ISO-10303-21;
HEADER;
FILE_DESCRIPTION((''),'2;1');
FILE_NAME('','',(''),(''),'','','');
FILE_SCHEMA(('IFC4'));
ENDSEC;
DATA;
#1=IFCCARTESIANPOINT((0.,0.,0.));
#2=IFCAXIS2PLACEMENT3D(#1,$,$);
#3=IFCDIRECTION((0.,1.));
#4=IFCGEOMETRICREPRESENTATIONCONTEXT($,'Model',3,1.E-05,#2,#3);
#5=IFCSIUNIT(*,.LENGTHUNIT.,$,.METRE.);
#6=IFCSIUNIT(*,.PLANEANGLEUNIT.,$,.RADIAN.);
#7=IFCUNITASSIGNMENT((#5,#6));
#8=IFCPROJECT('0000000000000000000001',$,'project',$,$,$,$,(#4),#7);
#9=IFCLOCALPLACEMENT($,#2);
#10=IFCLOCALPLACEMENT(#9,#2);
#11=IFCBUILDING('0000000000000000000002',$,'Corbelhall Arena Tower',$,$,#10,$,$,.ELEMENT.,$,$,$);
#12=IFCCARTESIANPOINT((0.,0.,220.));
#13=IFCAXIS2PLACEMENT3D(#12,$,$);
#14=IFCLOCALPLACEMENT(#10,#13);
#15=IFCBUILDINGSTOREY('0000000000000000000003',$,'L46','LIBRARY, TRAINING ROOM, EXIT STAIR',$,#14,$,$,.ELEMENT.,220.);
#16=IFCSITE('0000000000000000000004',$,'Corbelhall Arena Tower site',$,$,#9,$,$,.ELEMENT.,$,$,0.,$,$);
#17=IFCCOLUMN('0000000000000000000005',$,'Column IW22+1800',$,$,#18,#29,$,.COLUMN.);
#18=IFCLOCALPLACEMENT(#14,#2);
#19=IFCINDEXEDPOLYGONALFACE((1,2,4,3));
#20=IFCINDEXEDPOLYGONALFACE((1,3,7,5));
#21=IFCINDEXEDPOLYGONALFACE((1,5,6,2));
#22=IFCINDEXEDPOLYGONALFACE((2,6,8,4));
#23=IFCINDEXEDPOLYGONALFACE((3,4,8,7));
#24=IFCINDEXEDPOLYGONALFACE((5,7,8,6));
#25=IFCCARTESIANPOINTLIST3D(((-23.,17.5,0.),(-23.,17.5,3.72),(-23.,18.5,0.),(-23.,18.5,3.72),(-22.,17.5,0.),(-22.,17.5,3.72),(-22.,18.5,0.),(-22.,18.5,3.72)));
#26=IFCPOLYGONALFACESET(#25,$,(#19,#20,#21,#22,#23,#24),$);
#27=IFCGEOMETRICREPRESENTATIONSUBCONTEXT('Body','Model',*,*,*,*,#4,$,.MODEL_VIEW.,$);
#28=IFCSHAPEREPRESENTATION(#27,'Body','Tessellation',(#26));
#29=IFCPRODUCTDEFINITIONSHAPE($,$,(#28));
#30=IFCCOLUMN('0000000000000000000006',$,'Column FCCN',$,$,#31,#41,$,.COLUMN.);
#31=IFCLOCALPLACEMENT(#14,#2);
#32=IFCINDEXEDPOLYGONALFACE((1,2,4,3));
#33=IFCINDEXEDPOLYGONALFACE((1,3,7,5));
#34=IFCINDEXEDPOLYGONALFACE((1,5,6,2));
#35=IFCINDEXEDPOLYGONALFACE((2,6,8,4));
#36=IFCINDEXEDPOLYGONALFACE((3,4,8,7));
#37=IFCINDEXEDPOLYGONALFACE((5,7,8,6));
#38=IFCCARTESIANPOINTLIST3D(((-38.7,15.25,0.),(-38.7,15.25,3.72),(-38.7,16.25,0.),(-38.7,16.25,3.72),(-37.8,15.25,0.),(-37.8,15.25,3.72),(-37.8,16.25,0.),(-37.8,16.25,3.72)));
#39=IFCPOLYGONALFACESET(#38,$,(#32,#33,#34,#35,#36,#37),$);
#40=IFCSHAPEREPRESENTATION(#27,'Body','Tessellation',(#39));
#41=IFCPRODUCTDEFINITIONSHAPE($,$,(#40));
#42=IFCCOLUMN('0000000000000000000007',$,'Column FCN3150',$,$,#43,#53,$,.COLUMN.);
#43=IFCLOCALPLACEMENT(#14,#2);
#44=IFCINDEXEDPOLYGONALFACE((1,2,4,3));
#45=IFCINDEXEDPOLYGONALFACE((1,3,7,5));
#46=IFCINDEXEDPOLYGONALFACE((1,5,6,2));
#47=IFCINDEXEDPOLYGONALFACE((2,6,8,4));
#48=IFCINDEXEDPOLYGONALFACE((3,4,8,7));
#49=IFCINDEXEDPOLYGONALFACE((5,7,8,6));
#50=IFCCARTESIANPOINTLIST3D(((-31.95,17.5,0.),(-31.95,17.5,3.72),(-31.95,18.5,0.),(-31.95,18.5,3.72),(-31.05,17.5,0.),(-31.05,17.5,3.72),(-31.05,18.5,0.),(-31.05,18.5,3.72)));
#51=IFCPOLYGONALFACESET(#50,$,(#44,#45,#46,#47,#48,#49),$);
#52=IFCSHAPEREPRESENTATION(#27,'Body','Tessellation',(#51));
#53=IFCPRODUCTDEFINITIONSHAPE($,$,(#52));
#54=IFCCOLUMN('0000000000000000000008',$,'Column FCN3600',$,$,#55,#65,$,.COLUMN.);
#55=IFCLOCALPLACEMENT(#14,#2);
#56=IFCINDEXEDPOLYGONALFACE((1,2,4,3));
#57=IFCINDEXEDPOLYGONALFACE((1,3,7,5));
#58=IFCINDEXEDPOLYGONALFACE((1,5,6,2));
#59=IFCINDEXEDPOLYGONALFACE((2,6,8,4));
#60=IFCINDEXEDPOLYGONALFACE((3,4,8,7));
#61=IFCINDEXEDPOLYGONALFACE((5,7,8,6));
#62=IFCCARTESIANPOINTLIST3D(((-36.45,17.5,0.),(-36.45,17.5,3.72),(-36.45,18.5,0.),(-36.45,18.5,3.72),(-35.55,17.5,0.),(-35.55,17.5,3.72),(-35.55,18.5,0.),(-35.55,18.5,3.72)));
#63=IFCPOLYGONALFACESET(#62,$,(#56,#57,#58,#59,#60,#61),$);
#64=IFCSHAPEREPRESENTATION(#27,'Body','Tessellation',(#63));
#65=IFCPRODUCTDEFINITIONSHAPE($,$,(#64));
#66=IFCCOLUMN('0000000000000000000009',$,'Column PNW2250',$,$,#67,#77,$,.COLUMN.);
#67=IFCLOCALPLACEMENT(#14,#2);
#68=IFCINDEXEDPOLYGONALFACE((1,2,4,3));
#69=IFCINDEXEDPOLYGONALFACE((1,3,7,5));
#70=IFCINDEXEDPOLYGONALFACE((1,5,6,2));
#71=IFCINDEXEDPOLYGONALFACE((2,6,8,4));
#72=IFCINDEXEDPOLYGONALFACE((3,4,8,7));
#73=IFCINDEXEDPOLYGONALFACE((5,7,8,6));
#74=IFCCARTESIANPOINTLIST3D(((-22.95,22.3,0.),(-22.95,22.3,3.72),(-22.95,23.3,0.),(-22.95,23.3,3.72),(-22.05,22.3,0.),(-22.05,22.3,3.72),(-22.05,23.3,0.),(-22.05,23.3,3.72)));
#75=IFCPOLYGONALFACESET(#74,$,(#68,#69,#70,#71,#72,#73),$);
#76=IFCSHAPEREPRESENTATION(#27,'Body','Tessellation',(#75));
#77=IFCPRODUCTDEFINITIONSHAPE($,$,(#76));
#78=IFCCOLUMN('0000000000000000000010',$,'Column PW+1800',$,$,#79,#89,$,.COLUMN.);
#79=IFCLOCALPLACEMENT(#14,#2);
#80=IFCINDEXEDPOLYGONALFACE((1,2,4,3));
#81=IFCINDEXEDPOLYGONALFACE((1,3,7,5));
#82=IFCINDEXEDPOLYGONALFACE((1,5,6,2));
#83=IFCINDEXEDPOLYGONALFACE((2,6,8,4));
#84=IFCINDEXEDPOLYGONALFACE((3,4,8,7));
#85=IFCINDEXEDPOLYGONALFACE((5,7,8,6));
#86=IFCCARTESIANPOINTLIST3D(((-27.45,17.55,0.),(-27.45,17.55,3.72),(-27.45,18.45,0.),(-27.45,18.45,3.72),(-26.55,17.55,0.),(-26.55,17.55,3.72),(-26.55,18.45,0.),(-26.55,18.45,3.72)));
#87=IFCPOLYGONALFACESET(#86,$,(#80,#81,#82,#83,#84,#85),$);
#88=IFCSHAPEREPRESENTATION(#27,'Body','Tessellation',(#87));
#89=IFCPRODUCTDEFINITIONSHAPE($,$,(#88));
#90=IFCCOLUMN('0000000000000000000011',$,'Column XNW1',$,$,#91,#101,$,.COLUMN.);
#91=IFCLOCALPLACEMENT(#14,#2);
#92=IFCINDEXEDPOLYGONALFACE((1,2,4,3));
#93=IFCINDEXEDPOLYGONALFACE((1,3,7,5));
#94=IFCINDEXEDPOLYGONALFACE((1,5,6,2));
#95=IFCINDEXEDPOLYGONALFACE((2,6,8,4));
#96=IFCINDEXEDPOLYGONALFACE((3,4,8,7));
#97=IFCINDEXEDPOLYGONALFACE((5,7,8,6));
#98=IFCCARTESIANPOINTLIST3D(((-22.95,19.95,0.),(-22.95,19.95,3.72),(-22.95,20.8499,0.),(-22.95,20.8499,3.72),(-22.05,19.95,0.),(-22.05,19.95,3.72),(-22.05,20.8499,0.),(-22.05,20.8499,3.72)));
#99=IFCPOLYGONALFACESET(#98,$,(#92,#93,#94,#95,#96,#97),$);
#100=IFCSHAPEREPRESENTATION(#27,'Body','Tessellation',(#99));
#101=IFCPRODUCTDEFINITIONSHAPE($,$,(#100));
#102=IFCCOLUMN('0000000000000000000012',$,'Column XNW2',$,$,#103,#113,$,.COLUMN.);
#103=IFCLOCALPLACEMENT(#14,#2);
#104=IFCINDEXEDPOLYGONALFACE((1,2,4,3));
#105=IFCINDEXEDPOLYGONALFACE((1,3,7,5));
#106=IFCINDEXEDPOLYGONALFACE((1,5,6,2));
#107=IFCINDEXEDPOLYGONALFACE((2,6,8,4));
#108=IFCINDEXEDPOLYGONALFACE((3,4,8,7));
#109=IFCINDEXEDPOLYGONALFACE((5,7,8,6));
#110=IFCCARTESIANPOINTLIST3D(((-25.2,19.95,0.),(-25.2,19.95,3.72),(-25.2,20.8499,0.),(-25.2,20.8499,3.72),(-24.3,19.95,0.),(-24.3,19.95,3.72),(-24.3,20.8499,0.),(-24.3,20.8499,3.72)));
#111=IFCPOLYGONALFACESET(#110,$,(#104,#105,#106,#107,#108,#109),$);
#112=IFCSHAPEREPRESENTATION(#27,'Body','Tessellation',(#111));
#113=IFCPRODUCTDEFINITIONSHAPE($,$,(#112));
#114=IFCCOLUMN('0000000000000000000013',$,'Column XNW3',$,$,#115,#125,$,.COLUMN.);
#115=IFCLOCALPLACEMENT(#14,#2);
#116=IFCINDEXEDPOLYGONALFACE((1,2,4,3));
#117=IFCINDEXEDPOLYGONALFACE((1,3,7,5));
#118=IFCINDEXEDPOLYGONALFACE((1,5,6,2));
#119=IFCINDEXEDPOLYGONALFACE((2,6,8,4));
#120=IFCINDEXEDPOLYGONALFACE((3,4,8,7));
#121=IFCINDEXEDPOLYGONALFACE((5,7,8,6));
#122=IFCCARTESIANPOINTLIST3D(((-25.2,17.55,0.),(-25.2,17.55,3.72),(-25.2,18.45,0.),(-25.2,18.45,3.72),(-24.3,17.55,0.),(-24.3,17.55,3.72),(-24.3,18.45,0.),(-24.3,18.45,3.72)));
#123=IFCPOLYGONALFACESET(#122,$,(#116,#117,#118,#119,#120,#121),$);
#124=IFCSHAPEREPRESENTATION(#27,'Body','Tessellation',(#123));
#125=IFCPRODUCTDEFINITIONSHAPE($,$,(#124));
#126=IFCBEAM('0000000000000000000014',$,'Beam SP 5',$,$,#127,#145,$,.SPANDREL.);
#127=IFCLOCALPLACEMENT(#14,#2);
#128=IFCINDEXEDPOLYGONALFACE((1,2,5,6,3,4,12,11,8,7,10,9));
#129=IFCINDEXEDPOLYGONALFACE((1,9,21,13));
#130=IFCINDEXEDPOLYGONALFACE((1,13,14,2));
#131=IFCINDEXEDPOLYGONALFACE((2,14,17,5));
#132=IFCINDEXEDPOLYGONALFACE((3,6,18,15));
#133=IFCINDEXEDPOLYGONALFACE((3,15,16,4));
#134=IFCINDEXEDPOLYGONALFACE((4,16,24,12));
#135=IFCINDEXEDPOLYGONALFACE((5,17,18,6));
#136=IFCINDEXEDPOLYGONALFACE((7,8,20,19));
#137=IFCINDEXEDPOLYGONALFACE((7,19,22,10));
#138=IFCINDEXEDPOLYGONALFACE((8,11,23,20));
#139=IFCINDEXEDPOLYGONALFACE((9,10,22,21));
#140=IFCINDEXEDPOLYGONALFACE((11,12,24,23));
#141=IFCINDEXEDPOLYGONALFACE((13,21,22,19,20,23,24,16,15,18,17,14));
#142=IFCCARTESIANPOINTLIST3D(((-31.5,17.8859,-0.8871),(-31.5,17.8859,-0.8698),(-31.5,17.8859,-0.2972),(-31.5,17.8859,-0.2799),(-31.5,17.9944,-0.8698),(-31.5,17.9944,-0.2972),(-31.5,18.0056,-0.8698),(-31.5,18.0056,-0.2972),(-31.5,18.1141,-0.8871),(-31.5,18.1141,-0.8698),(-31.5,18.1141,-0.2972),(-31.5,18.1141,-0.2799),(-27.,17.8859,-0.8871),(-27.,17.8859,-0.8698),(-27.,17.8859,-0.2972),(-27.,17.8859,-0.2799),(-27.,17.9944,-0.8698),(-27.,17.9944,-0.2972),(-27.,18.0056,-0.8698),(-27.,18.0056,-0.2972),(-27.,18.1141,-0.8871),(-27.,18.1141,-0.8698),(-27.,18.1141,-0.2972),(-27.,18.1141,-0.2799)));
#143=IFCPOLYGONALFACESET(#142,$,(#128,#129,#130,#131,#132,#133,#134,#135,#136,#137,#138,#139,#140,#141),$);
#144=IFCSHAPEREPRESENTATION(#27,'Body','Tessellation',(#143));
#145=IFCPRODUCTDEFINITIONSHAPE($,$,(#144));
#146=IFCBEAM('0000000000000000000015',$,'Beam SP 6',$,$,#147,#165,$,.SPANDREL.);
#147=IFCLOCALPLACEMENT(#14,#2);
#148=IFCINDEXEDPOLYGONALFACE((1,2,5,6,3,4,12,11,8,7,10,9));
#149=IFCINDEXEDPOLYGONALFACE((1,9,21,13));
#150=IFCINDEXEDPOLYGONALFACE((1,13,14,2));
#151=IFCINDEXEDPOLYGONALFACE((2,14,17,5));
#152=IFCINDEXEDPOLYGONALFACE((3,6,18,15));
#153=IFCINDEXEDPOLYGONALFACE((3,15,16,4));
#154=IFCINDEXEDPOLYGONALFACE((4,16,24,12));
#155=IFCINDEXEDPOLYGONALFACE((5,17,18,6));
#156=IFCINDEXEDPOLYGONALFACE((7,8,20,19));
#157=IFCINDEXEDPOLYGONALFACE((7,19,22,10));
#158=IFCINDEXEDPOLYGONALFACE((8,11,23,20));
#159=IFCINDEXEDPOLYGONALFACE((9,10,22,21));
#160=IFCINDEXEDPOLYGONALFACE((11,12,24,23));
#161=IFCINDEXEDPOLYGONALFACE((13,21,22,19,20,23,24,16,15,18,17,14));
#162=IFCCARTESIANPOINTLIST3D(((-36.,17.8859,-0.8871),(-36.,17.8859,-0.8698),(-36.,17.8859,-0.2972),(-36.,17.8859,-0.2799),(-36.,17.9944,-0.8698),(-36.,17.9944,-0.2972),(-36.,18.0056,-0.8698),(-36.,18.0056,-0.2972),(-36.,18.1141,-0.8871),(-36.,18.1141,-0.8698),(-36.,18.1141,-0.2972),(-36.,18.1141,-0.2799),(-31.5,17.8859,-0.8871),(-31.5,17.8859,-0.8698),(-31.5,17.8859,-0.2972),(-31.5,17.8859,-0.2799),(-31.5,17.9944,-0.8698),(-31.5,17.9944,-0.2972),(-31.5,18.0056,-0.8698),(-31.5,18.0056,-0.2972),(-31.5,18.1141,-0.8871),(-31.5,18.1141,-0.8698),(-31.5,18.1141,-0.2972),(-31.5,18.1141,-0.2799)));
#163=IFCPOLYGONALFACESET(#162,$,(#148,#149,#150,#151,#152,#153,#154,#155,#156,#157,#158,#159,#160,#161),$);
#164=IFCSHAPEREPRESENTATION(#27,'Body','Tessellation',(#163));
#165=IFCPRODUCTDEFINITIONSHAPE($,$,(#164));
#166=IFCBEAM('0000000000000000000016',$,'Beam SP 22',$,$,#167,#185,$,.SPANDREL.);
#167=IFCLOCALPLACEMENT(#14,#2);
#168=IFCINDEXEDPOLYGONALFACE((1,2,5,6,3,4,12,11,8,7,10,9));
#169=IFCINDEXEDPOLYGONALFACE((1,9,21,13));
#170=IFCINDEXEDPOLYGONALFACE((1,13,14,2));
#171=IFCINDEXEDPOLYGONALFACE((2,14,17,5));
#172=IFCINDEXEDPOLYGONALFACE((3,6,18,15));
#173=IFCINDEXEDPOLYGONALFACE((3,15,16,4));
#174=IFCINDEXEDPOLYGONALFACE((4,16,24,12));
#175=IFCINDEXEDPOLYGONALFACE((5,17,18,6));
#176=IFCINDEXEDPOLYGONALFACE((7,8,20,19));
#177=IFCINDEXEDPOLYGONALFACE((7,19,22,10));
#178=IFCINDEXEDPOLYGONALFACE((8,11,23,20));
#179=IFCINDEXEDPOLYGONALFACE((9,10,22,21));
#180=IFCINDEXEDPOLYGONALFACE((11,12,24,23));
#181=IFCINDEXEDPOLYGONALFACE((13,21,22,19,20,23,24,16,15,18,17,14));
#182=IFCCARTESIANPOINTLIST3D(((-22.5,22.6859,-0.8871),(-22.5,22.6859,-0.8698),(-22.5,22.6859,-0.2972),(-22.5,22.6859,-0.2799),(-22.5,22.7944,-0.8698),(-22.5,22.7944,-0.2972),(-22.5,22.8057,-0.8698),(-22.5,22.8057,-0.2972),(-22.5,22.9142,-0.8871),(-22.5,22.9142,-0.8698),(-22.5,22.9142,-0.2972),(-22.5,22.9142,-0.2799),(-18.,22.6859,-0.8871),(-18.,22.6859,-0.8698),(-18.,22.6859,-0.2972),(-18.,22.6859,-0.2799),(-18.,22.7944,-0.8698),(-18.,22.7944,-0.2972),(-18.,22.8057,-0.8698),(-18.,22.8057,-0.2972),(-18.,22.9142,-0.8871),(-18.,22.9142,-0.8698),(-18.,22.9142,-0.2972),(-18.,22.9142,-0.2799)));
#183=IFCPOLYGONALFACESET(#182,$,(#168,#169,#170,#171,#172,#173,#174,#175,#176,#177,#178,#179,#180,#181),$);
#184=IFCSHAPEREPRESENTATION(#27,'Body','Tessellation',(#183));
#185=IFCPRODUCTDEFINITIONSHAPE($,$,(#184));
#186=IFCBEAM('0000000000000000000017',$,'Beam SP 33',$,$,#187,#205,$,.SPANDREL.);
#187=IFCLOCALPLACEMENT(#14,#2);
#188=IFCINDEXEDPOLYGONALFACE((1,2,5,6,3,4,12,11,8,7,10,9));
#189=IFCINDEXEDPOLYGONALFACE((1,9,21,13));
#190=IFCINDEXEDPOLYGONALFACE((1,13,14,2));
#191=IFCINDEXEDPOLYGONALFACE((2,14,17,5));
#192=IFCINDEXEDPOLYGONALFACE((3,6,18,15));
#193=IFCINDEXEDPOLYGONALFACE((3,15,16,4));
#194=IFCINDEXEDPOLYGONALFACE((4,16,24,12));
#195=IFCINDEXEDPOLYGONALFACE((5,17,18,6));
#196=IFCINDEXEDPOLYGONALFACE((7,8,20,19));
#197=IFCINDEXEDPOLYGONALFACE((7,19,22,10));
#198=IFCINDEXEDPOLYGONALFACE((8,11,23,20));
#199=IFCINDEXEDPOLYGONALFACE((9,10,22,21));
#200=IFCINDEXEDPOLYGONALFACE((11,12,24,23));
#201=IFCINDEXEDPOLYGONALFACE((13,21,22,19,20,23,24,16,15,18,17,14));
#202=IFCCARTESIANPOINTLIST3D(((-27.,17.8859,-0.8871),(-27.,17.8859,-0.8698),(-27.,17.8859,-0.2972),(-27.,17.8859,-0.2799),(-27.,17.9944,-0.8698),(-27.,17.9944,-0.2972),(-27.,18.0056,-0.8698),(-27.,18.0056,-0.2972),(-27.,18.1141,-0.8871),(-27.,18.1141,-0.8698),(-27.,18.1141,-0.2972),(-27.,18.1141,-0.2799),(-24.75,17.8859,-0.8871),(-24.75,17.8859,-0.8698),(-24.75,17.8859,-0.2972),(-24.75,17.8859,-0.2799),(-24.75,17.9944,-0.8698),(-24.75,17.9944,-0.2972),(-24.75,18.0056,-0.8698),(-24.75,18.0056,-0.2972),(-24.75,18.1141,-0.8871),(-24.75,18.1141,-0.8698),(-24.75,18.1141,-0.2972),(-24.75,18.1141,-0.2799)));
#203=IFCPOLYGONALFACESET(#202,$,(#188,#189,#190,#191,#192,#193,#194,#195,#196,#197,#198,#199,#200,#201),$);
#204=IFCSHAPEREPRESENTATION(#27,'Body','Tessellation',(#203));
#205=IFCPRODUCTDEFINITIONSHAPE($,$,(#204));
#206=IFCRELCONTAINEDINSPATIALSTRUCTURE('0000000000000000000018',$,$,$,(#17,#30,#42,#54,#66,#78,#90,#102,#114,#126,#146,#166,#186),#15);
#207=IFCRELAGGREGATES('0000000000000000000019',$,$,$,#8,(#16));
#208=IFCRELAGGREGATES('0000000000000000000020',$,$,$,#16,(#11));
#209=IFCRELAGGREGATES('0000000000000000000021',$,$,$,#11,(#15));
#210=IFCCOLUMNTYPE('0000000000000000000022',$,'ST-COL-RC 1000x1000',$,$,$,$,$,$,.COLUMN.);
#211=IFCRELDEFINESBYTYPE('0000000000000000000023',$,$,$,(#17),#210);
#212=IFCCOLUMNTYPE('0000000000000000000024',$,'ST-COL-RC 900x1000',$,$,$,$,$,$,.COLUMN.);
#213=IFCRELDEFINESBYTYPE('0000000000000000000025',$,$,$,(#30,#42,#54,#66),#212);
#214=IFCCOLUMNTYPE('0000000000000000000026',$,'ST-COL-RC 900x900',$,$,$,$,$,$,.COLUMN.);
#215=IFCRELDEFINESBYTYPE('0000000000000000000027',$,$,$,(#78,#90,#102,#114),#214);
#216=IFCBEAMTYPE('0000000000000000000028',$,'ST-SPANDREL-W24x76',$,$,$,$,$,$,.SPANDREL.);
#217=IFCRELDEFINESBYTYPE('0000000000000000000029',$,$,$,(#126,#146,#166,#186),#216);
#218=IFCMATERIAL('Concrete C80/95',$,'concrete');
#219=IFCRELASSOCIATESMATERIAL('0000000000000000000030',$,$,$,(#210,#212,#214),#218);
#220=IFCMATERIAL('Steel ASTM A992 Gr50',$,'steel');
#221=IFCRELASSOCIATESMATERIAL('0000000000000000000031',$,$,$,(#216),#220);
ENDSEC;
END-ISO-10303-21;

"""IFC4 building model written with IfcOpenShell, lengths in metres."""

from ifc_helpers import new_model, si_unit, direction, frame, origin, origin_2d, place, context, subcontext, project, spatial, rectangle, i_section, extrude, material, material_profile, profile_set, type_object, element, save


model = new_model("IFC4")

# Units and contexts
model_context = context("Model", 3, precision=1e-05, world=origin(), true_north=direction((0.0, 1.0)))
body_context = subcontext(model_context, "Body", "Model", "MODEL_VIEW")
ifc_project = project(units=[si_unit("LENGTHUNIT", "METRE"), si_unit("PLANEANGLEUNIT", "RADIAN")], contexts=[model_context])

# Site, building, storey
site_placement = place(None, origin())
site = spatial("IfcSite", under=ifc_project, at=site_placement, Name="Corbelhall Arena Tower site", CompositionType="ELEMENT", RefElevation=0.0)
building_placement = place(site_placement, origin())
building = spatial("IfcBuilding", under=site, at=building_placement, Name="Corbelhall Arena Tower", CompositionType="ELEMENT")
storey_placement = place(building_placement, frame((0.0, 0.0, 220.0)))
storey = spatial("IfcBuildingStorey", under=building, at=storey_placement, Name="L46", Description="LIBRARY, TRAINING ROOM, EXIT STAIR", CompositionType="ELEMENT", Elevation=220.0)

# Columns
ifc_material_1 = material(Name="Concrete C80/95", Category="concrete")
ifc_material_profile_1 = material_profile(ifc_material_1, rectangle(XDim=1.0, YDim=1.0, at=origin_2d()))
ifc_profile_set_1 = profile_set([ifc_material_profile_1], Name="Concrete C80/95")
column_type_1 = type_object("IfcColumnType", Name="ST-COL-RC 1000x1000", PredefinedType="COLUMN", material=ifc_profile_set_1)
column_placement = place(storey_placement, frame((-22.5, 18.0, 0.0), z_axis=(0.0, 0.0, 1.0), x_axis=(1.0, 0.0, 0.0)))
element("IfcColumn", 1, at=column_placement, inside=storey, type_object=column_type_1, Name="Column IW22+1800", PredefinedType="COLUMN", context=body_context, shape_type="SweptSolid", body=[
    extrude(rectangle(XDim=1.0, YDim=1.0, at=origin_2d()), origin(), (0.0, 0.0, 1.0), 3.72),
])
ifc_material_profile_2 = material_profile(ifc_material_1, rectangle(XDim=0.8999, YDim=1.0, at=origin_2d()))
ifc_profile_set_2 = profile_set([ifc_material_profile_2], Name="Concrete C80/95")
column_type_2 = type_object("IfcColumnType", Name="ST-COL-RC 900x1000", PredefinedType="COLUMN", material=ifc_profile_set_2)
for number, where, z_axis, x_axis, name in (
    (2, (-38.25, 15.75, 0.0), (0.0, 0.0, 1.0), (1.0, 0.0, 0.0), "Column FCCN"),
    (3, (-31.5, 18.0, 0.0), (0.0, 0.0, 1.0), (1.0, 0.0, 0.0), "Column FCN3150"),
    (4, (-36.0, 18.0, 0.0), (0.0, 0.0, 1.0), (1.0, 0.0, 0.0), "Column FCN3600"),
    (5, (-22.5, 22.8, 0.0), (0.0, 0.0, 1.0), (1.0, 0.0, 0.0), "Column PNW2250"),
):
    element("IfcColumn", number, at=place(storey_placement, frame(where, z_axis=z_axis, x_axis=x_axis)), inside=storey, type_object=column_type_2, Name=name, PredefinedType="COLUMN", context=body_context, shape_type="SweptSolid", body=[
        extrude(rectangle(XDim=0.8999, YDim=1.0, at=origin_2d()), origin(), (0.0, 0.0, 1.0), 3.72),
    ])
ifc_material_profile_3 = material_profile(ifc_material_1, rectangle(XDim=0.8999, YDim=0.8999, at=origin_2d()))
ifc_profile_set_3 = profile_set([ifc_material_profile_3], Name="Concrete C80/95")
column_type_3 = type_object("IfcColumnType", Name="ST-COL-RC 900x900", PredefinedType="COLUMN", material=ifc_profile_set_3)
for number, where, z_axis, x_axis, name in (
    (6, (-27.0, 18.0, 0.0), (0.0, 0.0, 1.0), (1.0, 0.0, 0.0), "Column PW+1800"),
    (7, (-22.5, 20.3999, 0.0), (0.0, 0.0, 1.0), (1.0, 0.0, 0.0), "Column XNW1"),
    (8, (-24.75, 20.3999, 0.0), (0.0, 0.0, 1.0), (1.0, 0.0, 0.0), "Column XNW2"),
    (9, (-24.75, 18.0, 0.0), (0.0, 0.0, 1.0), (1.0, 0.0, 0.0), "Column XNW3"),
):
    element("IfcColumn", number, at=place(storey_placement, frame(where, z_axis=z_axis, x_axis=x_axis)), inside=storey, type_object=column_type_3, Name=name, PredefinedType="COLUMN", context=body_context, shape_type="SweptSolid", body=[
        extrude(rectangle(XDim=0.8999, YDim=0.8999, at=origin_2d()), origin(), (0.0, 0.0, 1.0), 3.72),
    ])

# Beams
ifc_material_2 = material(Name="Steel ASTM A992 Gr50", Category="steel")
ifc_material_profile_4 = material_profile(ifc_material_2, i_section(OverallWidth=0.2283, OverallDepth=0.6072, WebThickness=0.0112, FlangeThickness=0.0173, at=origin_2d()))
ifc_profile_set_4 = profile_set([ifc_material_profile_4], Name="Steel ASTM A992 Gr50")
beam_type = type_object("IfcBeamType", Name="ST-SPANDREL-W24x76", PredefinedType="SPANDREL", material=ifc_profile_set_4)
for number, where, z_axis, x_axis, name in (
    (10, (-31.5, 18.0, -0.5835), (1.0, 0.0, 0.0), (0.0, 1.0, 0.0), "Beam SP 5"),
    (11, (-36.0, 18.0, -0.5835), (1.0, 0.0, 0.0), (0.0, 1.0, 0.0), "Beam SP 6"),
    (12, (-22.5, 22.8, -0.5835), (1.0, 0.0, 0.0), (0.0, 1.0, 0.0), "Beam SP 22"),
):
    element("IfcBeam", number, at=place(storey_placement, frame(where, z_axis=z_axis, x_axis=x_axis)), inside=storey, type_object=beam_type, Name=name, PredefinedType="SPANDREL", context=body_context, shape_type="SweptSolid", body=[
        extrude(i_section(OverallWidth=0.2283, OverallDepth=0.6072, WebThickness=0.0112, FlangeThickness=0.0173, at=origin_2d()), origin(), (0.0, 0.0, 1.0), 4.5),
    ])
beam_1_placement = place(storey_placement, frame((-27.0, 18.0, -0.5835), z_axis=(1.0, 0.0, 0.0), x_axis=(0.0, 1.0, 0.0)))
element("IfcBeam", 13, at=beam_1_placement, inside=storey, type_object=beam_type, Name="Beam SP 33", PredefinedType="SPANDREL", context=body_context, shape_type="SweptSolid", body=[
    extrude(i_section(OverallWidth=0.2283, OverallDepth=0.6072, WebThickness=0.0112, FlangeThickness=0.0173, at=origin_2d()), origin(), (0.0, 0.0, 1.0), 2.25),
])

save(model, "model.ifc")
